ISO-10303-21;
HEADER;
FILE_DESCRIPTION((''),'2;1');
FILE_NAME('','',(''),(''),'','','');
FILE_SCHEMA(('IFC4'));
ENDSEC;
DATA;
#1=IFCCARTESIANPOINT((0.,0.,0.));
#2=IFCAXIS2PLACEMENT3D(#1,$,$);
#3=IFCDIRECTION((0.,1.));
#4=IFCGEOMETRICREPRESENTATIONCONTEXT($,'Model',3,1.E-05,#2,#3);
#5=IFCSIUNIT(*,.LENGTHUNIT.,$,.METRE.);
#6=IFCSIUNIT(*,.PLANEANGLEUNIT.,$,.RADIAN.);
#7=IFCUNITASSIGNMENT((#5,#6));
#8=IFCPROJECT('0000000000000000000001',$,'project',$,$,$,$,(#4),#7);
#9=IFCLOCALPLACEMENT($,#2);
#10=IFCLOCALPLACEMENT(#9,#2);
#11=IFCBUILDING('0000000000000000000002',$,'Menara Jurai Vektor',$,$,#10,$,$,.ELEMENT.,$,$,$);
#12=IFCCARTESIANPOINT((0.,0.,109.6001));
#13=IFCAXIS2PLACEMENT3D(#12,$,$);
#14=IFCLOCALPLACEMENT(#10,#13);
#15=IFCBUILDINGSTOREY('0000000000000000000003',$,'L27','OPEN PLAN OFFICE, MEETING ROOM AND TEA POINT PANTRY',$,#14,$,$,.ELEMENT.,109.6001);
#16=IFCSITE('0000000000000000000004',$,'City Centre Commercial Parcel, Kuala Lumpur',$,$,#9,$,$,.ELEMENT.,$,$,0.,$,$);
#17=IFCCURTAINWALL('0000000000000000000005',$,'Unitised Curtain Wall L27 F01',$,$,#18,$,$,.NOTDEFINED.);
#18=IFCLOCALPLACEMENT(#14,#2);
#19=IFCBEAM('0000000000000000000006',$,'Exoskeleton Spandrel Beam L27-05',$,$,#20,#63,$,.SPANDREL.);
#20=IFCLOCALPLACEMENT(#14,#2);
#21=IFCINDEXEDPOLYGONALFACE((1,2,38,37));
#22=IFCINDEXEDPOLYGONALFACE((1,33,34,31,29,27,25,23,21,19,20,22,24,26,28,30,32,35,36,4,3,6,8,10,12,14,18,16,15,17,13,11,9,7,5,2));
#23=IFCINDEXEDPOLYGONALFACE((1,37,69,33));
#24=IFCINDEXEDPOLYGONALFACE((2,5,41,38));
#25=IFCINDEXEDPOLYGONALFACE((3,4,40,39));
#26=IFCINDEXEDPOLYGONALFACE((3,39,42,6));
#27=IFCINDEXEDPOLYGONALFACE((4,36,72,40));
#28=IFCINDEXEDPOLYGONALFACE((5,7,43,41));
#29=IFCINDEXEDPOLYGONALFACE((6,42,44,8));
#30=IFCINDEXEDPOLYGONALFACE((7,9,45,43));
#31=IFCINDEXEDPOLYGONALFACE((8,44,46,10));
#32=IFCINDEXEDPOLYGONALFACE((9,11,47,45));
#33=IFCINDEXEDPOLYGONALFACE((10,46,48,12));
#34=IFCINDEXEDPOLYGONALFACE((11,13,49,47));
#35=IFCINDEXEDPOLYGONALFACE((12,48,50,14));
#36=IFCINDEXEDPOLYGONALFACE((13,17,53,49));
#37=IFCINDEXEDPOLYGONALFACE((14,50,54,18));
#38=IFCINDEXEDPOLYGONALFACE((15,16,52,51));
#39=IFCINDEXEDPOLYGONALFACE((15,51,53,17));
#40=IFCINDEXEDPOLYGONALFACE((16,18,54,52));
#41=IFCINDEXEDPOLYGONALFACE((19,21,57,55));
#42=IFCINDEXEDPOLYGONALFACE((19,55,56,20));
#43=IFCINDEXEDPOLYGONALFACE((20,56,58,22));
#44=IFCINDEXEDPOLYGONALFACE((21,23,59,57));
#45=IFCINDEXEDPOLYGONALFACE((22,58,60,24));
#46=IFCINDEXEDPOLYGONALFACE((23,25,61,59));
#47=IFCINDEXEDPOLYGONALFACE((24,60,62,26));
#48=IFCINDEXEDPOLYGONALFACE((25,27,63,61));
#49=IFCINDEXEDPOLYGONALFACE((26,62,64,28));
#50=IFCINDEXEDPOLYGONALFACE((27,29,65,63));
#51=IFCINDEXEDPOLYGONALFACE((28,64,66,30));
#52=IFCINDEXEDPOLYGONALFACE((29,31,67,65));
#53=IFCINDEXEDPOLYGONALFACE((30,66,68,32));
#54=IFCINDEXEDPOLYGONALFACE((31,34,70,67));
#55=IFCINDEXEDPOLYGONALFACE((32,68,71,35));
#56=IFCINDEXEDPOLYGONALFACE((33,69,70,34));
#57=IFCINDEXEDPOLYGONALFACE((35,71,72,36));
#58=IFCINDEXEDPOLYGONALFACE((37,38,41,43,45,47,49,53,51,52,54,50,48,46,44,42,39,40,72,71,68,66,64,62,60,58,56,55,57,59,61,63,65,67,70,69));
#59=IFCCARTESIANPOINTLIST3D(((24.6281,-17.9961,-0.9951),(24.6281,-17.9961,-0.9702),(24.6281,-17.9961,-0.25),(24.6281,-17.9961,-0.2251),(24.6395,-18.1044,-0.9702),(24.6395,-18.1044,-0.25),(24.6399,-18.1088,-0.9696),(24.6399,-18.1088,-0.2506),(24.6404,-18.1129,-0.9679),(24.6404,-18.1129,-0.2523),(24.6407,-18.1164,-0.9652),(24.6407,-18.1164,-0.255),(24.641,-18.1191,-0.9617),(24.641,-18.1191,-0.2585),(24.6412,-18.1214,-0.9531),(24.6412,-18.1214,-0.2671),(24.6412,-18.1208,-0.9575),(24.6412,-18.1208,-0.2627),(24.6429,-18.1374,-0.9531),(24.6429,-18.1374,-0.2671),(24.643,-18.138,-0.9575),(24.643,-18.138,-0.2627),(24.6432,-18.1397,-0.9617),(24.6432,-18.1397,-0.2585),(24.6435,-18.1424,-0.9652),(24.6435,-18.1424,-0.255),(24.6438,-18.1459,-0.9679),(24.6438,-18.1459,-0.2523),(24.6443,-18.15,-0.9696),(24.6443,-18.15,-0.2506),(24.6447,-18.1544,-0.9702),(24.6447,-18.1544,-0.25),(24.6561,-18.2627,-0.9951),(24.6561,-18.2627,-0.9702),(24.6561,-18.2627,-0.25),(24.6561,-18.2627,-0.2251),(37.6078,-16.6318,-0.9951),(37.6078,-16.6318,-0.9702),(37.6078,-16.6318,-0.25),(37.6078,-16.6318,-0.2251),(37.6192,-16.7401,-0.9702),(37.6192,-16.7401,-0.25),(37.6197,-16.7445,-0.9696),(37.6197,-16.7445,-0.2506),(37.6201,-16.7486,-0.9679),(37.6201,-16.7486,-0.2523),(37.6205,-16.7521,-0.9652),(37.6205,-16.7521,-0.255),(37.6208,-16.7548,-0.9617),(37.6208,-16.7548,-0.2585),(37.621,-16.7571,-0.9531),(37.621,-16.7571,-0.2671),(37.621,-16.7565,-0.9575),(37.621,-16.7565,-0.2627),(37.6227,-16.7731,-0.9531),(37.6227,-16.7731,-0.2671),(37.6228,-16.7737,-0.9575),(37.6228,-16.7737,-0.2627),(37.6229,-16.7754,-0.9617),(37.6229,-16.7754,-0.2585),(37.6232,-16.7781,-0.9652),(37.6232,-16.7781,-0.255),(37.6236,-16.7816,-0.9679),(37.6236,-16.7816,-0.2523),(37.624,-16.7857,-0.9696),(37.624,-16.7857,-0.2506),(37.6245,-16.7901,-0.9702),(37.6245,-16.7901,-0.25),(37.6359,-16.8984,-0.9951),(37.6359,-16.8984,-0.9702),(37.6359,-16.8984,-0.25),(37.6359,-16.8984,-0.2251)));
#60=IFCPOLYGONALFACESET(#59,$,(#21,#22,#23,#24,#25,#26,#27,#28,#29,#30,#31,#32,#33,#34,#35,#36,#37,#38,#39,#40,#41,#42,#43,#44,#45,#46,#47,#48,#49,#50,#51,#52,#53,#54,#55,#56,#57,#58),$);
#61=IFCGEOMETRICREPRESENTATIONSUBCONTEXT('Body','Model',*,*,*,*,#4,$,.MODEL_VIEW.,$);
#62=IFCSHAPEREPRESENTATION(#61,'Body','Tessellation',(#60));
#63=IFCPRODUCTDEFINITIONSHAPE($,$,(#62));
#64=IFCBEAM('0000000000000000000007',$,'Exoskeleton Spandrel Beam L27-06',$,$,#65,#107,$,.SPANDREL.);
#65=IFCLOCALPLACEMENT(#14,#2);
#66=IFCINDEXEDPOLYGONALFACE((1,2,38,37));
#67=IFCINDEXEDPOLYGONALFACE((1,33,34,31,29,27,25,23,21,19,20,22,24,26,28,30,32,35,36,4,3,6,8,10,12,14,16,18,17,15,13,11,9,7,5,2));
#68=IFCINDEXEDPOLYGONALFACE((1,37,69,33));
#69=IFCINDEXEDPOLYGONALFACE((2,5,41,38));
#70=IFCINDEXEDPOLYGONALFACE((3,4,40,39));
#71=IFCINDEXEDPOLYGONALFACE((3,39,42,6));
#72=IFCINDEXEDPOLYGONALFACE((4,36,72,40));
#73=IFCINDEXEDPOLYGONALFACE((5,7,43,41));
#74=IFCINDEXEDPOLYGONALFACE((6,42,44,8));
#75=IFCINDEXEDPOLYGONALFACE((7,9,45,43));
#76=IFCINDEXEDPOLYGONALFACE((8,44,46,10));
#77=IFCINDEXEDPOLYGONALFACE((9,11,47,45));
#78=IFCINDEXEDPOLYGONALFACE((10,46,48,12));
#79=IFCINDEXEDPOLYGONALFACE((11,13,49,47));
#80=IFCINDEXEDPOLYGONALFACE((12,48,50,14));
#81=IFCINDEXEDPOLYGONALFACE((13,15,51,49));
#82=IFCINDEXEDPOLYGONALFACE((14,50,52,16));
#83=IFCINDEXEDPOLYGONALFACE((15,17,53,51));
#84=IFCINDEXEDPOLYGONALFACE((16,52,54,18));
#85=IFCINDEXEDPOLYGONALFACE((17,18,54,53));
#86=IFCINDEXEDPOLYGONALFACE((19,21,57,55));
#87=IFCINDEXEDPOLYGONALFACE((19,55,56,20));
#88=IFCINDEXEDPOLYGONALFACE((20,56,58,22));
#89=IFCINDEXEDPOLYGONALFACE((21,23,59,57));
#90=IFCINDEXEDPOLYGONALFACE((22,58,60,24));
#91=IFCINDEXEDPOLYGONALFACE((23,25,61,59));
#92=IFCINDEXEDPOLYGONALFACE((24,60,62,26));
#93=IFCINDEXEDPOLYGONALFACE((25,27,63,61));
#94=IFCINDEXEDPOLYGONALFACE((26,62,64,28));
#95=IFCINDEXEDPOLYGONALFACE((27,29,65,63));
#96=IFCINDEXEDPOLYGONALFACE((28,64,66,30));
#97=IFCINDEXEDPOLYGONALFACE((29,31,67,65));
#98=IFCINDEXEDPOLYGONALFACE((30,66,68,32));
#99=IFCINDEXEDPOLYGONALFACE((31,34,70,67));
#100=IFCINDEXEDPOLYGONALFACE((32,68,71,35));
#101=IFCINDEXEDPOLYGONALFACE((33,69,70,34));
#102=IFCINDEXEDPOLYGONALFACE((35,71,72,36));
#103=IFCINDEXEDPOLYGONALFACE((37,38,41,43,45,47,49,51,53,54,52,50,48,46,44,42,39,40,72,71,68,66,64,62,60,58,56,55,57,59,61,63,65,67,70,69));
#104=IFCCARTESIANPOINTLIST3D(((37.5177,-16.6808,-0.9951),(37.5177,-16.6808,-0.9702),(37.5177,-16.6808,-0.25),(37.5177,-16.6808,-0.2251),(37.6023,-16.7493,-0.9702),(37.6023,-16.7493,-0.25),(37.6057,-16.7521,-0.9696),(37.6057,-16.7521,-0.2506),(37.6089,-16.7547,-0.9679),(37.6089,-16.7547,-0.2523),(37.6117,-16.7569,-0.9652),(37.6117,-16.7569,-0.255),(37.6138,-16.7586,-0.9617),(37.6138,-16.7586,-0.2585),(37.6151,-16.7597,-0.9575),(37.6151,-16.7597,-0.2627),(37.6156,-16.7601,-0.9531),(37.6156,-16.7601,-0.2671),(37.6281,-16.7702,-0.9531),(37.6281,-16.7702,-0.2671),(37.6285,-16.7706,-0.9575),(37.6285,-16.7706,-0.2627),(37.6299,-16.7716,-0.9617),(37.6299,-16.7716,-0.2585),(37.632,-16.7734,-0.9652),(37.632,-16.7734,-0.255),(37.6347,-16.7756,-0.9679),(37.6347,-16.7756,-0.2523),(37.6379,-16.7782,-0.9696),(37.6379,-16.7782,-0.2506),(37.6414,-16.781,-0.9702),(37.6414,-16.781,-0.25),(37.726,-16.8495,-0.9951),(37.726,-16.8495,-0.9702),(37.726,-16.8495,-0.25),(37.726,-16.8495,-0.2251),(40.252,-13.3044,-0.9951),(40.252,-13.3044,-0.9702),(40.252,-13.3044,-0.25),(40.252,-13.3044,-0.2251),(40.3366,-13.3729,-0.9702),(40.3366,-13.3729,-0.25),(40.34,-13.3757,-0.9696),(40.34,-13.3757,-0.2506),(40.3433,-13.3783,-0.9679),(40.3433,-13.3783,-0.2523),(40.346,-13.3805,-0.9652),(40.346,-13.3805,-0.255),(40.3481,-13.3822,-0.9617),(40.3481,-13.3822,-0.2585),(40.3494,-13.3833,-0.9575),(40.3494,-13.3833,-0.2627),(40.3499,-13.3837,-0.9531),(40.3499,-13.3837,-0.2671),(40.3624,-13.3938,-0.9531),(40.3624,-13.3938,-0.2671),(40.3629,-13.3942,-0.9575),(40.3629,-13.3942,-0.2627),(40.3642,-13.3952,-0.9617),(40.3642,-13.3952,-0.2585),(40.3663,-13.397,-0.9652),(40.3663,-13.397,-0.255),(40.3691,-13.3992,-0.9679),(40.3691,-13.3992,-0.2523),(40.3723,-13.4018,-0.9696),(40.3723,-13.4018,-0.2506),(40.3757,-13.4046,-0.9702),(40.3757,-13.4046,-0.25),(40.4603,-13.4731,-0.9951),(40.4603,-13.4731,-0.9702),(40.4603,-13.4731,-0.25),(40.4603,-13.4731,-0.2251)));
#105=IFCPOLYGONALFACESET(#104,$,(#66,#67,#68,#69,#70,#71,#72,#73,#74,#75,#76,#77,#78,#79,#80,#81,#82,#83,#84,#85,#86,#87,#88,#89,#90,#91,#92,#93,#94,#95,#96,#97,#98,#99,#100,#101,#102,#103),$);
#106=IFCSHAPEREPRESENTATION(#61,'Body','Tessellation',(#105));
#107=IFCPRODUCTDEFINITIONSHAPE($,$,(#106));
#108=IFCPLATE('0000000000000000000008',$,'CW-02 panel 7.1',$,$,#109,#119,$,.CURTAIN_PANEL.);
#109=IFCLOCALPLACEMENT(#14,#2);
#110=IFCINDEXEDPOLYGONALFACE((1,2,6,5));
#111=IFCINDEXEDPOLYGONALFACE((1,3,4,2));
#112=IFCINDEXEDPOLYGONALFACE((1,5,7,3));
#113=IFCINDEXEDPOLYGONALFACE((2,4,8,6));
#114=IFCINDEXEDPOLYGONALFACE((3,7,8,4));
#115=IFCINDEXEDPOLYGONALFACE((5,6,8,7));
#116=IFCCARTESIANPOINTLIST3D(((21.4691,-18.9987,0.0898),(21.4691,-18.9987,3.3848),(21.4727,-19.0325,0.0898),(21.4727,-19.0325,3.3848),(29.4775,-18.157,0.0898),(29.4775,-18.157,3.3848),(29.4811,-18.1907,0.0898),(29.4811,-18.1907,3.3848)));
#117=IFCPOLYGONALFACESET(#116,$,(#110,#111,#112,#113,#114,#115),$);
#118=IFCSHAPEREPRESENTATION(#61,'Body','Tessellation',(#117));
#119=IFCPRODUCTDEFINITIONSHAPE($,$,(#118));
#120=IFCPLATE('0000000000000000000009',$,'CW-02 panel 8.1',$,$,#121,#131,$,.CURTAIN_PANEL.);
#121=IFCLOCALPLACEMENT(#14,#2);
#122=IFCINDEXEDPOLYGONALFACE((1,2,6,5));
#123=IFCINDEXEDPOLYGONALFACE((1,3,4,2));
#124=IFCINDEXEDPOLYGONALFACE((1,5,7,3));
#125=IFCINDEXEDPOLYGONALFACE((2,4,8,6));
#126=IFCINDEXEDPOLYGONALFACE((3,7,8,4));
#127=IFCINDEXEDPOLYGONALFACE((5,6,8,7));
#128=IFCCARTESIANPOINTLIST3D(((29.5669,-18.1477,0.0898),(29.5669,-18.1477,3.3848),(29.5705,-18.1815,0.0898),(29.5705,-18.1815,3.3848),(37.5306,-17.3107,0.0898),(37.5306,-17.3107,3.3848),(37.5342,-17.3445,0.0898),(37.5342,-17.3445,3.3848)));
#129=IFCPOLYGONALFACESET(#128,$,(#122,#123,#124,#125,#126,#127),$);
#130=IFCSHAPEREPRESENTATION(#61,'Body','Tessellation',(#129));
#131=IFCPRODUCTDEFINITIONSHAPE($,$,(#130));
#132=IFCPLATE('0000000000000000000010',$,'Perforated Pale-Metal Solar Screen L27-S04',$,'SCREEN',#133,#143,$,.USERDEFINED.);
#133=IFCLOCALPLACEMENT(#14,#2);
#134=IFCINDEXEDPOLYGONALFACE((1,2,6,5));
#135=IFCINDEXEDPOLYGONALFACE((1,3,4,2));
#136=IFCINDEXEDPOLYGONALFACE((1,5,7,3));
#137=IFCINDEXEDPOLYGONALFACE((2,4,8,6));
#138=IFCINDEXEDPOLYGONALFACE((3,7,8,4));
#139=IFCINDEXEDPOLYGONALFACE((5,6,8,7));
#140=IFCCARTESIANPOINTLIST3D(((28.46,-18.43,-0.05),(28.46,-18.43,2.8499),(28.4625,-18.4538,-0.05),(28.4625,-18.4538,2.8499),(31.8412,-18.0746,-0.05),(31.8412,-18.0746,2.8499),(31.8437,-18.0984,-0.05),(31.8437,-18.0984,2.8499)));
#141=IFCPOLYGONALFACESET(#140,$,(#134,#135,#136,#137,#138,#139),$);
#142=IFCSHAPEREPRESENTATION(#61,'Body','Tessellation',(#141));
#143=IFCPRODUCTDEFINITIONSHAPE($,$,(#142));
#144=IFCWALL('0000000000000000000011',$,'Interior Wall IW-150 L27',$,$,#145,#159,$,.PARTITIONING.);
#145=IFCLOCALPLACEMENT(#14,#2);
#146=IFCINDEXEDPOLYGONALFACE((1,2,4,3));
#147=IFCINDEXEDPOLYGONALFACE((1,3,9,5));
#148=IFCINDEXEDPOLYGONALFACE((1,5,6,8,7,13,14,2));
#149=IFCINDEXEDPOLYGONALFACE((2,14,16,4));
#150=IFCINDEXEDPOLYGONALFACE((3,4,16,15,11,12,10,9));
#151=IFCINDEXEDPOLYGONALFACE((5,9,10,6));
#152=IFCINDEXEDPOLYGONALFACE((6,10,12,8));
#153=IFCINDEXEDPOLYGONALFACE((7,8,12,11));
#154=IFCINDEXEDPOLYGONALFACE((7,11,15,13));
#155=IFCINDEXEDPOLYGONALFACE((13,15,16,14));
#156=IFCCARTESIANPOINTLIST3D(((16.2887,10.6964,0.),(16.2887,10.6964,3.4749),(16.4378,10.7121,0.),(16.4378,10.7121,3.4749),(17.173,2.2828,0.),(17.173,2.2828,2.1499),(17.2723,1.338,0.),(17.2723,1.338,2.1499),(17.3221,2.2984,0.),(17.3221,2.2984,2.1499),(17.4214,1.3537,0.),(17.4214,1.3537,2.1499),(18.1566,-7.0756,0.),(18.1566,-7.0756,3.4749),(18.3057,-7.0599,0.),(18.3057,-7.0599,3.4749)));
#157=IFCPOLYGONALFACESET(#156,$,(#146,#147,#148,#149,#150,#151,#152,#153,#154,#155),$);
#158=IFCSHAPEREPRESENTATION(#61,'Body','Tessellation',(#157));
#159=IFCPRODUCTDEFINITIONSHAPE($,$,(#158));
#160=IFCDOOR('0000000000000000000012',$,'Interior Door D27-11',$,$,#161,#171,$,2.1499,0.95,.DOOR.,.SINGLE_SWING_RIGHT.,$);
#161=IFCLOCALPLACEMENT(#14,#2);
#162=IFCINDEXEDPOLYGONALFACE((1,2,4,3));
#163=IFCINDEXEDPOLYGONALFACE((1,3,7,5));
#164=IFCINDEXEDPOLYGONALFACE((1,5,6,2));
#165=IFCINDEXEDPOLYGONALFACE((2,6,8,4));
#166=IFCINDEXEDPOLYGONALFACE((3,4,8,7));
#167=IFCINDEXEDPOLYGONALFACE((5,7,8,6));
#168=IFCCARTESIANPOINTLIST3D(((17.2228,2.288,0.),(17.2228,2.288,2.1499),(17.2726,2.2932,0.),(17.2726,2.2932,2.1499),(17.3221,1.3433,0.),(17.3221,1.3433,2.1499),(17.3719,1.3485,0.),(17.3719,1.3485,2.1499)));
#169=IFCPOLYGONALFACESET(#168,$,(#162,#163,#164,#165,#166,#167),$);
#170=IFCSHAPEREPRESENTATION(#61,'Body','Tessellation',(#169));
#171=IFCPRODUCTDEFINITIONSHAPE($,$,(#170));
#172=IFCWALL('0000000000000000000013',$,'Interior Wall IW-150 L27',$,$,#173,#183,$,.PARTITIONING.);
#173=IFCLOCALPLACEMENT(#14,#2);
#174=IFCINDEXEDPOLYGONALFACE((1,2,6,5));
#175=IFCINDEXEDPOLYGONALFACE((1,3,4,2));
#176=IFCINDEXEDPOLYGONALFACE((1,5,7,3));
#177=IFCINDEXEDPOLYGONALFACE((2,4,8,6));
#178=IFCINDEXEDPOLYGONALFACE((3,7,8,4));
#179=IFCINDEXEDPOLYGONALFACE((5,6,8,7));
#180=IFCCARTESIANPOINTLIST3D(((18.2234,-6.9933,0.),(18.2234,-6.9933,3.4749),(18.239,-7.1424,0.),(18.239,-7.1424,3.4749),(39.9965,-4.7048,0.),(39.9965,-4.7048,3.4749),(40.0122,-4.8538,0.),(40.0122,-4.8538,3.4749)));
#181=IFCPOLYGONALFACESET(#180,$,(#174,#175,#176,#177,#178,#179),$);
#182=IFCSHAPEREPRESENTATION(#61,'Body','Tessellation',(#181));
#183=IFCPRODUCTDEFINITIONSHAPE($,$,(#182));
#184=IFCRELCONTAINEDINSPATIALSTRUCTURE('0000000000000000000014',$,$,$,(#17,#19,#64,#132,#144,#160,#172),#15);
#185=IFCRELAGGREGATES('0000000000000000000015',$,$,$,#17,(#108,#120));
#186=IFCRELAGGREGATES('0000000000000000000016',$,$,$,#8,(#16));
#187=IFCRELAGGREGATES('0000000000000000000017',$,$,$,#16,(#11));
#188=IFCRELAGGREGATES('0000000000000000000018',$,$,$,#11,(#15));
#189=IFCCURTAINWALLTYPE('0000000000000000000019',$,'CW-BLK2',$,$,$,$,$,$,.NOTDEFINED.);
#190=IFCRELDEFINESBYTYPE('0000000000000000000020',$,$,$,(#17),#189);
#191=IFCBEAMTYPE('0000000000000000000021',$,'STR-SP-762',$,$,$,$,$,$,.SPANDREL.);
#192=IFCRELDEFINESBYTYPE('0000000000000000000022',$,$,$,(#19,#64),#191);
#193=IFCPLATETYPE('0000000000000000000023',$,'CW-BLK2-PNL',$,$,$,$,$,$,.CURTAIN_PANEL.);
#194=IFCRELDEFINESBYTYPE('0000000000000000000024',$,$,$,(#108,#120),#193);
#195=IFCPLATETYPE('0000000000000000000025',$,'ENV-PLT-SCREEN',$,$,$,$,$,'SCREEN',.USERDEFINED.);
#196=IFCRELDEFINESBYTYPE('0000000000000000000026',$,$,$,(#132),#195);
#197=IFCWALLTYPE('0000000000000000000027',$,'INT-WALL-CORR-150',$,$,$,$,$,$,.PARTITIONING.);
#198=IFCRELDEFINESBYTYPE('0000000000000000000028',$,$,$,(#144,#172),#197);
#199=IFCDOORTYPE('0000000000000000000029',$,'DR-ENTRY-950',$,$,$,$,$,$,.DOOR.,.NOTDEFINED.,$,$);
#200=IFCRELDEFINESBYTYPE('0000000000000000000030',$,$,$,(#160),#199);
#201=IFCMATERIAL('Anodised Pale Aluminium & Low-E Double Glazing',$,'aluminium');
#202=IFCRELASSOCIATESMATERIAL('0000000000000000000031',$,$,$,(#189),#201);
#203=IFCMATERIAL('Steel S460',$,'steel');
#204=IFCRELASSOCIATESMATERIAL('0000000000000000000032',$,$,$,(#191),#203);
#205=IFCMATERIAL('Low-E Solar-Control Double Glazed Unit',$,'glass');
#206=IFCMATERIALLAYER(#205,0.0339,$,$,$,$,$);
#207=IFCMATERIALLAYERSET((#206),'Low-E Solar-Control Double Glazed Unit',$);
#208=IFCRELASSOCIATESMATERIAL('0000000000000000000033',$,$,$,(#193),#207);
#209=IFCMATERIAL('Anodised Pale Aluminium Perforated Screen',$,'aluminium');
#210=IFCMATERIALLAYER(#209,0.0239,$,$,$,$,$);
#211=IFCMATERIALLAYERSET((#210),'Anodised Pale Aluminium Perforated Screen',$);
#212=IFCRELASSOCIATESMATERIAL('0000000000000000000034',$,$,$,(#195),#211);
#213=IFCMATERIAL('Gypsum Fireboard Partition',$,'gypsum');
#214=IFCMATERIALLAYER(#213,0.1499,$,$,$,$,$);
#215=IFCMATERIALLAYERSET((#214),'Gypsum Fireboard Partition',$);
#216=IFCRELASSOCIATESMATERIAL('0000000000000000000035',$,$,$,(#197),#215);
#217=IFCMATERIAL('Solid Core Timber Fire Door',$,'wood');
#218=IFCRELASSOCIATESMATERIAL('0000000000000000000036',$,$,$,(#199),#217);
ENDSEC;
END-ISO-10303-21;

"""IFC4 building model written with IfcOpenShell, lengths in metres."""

from ifc_helpers import new_model, si_unit, direction, frame, frame_2d, origin, origin_2d, place, context, subcontext, project, spatial, rectangle, i_section, extrude, material, layer, layer_set, material_profile, profile_set, type_object, element, fill, aggregate, save


model = new_model("IFC4")

# Units and contexts
model_context = context("Model", 3, precision=1e-05, world=origin(), true_north=direction((0.0, 1.0)))
body_context = subcontext(model_context, "Body", "Model", "MODEL_VIEW")
ifc_project = project(units=[si_unit("LENGTHUNIT", "METRE"), si_unit("PLANEANGLEUNIT", "RADIAN")], contexts=[model_context])

# Site, building, storey
site_placement = place(None, origin())
site = spatial("IfcSite", under=ifc_project, at=site_placement, Name="City Centre Commercial Parcel, Kuala Lumpur", CompositionType="ELEMENT", RefElevation=0.0)
building_placement = place(site_placement, origin())
building = spatial("IfcBuilding", under=site, at=building_placement, Name="Menara Jurai Vektor", CompositionType="ELEMENT")
storey_placement = place(building_placement, frame((0.0, 0.0, 109.6001)))
storey = spatial("IfcBuildingStorey", under=building, at=storey_placement, Name="L27", Description="OPEN PLAN OFFICE, MEETING ROOM AND TEA POINT PANTRY", CompositionType="ELEMENT", Elevation=109.6001)

# Shared definitions
ifc_material_1 = material(Name="Steel S460", Category="steel")

# Curtain wall
ifc_material_2 = material(Name="Anodised Pale Aluminium & Low-E Double Glazing", Category="aluminium")
curtain_wall_type = type_object("IfcCurtainWallType", Name="CW-BLK2", PredefinedType="NOTDEFINED", material=ifc_material_2)
curtain_wall_1_placement = place(storey_placement, origin())
curtain_wall_1 = element("IfcCurtainWall", 1, at=curtain_wall_1_placement, inside=storey, type_object=curtain_wall_type, Name="Unitised Curtain Wall L27 F01", PredefinedType="NOTDEFINED")

# Beams
ifc_material_profile_1 = material_profile(ifc_material_1, i_section(OverallWidth=0.2681, OverallDepth=0.77, WebThickness=0.0161, FlangeThickness=0.0249, FilletRadius=0.0171, at=origin_2d()), Name="UKB 762x267x197")
ifc_profile_set_1 = profile_set([ifc_material_profile_1], Name="Steel S460")
beam_type_1 = type_object("IfcBeamType", Name="STR-SP-762", PredefinedType="SPANDREL", material=ifc_profile_set_1)
beam_1_placement = place(storey_placement, frame((24.6421, -18.1294, -0.6101), z_axis=(0.994522, 0.104531, 0.0), x_axis=(-0.104531, 0.994522, 0.0)))
element("IfcBeam", 2, at=beam_1_placement, inside=storey, type_object=beam_type_1, Name="Exoskeleton Spandrel Beam L27-05", PredefinedType="SPANDREL", context=body_context, shape_type="SweptSolid", body=[
    extrude(i_section(OverallWidth=0.2681, OverallDepth=0.77, WebThickness=0.0161, FlangeThickness=0.0249, FilletRadius=0.0171, at=origin_2d()), origin(), (0.0, 0.0, 1.0), 13.0513),
])
beam_2_placement = place(storey_placement, frame((37.6218, -16.7651, -0.6101), z_axis=(0.629344, 0.777127, 0.0), x_axis=(-0.777127, 0.629344, 0.0)))
element("IfcBeam", 3, at=beam_2_placement, inside=storey, type_object=beam_type_1, Name="Exoskeleton Spandrel Beam L27-06", PredefinedType="SPANDREL", context=body_context, shape_type="SweptSolid", body=[
    extrude(i_section(OverallWidth=0.2681, OverallDepth=0.77, WebThickness=0.0161, FlangeThickness=0.0249, FilletRadius=0.0171, at=origin_2d()), origin(), (0.0, 0.0, 1.0), 4.3447),
])

# Plates
ifc_material_3 = material(Name="Low-E Solar-Control Double Glazed Unit", Category="glass")
ifc_layer_1 = layer(ifc_material_3, 0.0339)
ifc_layer_set_1 = layer_set([ifc_layer_1], Name="Low-E Solar-Control Double Glazed Unit")
plate_type_1 = type_object("IfcPlateType", Name="CW-BLK2-PNL", PredefinedType="CURTAIN_PANEL", material=ifc_layer_set_1)
plate_1_placement = place(storey_placement, frame((25.4751, -18.5947, 0.0898), z_axis=(0.0, 0.0, 1.0), x_axis=(0.994522, 0.104529, 0.0)))
plate_1 = element("IfcPlate", 4, at=plate_1_placement, type_object=plate_type_1, Name="CW-02 panel 7.1", PredefinedType="CURTAIN_PANEL", context=body_context, shape_type="SweptSolid", body=[
    extrude(rectangle(XDim=8.0525, YDim=0.0339, at=origin_2d()), origin(), (0.0, 0.0, 1.0), 3.2949),
])
plate_2_placement = place(storey_placement, frame((33.5505, -17.7461, 0.0898), z_axis=(0.0, 0.0, 1.0), x_axis=(0.994522, 0.104529, 0.0)))
plate_2 = element("IfcPlate", 5, at=plate_2_placement, type_object=plate_type_1, Name="CW-02 panel 8.1", PredefinedType="CURTAIN_PANEL", context=body_context, shape_type="SweptSolid", body=[
    extrude(rectangle(XDim=8.0076, YDim=0.0339, at=origin_2d()), origin(), (0.0, 0.0, 1.0), 3.2949),
])
aggregate(curtain_wall_1, [plate_1, plate_2])
ifc_material_4 = material(Name="Anodised Pale Aluminium Perforated Screen", Category="aluminium")
ifc_layer_2 = layer(ifc_material_4, 0.0239)
ifc_layer_set_2 = layer_set([ifc_layer_2], Name="Anodised Pale Aluminium Perforated Screen")
plate_type_2 = type_object("IfcPlateType", Name="ENV-PLT-SCREEN", ElementType="SCREEN", PredefinedType="USERDEFINED", material=ifc_layer_set_2)
plate_3_placement = place(storey_placement, frame((30.1519, -18.2642, -0.05), z_axis=(0.0, 0.0, 1.0), x_axis=(0.994522, 0.104528, 0.0)))
element("IfcPlate", 6, at=plate_3_placement, inside=storey, type_object=plate_type_2, Name="Perforated Pale-Metal Solar Screen L27-S04", ObjectType="SCREEN", PredefinedType="USERDEFINED", context=body_context, shape_type="SweptSolid", body=[
    extrude(rectangle(XDim=3.3999, YDim=0.0239, at=origin_2d()), origin(), (0.0, 0.0, 1.0), 2.8999),
])

# Wall, opening, door
ifc_material_5 = material(Name="Gypsum Fireboard Partition", Category="gypsum")
ifc_layer_3 = layer(ifc_material_5, 0.1499)
ifc_layer_set_3 = layer_set([ifc_layer_3], Name="Gypsum Fireboard Partition")
wall_type = type_object("IfcWallType", Name="INT-WALL-CORR-150", PredefinedType="PARTITIONING", material=ifc_layer_set_3)
wall_1_placement = place(storey_placement, frame((18.2312, -7.0679, 0.0), z_axis=(0.0, 0.0, 1.0), x_axis=(-0.104529, 0.994522, 0.0)))
wall_1 = element("IfcWall", 7, at=wall_1_placement, inside=storey, type_object=wall_type, Name="Interior Wall IW-150 L27", PredefinedType="PARTITIONING", context=body_context, shape_type="SweptSolid", body=[
    extrude(rectangle(XDim=17.8699, YDim=0.1499, at=frame_2d((8.9351, 0.0))), origin(), (0.0, 0.0, 1.0), 3.4749),
])
opening_placement = place(wall_1_placement, frame((8.46, 0.0, 0.0)))
opening = element("IfcOpeningElement", 8, at=opening_placement, cuts=wall_1, PredefinedType="OPENING", context=body_context, shape_type="SweptSolid", body=[
    extrude(rectangle(XDim=0.95, YDim=2.1499, at=frame_2d((0.4751, 1.075))), frame((0.0, 0.085, 0.0), z_axis=(0.0, -1.0, 0.0), x_axis=(1.0, 0.0, 0.0)), (0.0, 0.0, 1.0), 0.1699),
])
ifc_material_6 = material(Name="Solid Core Timber Fire Door", Category="wood")
door_type = type_object("IfcDoorType", Name="DR-ENTRY-950", OperationType="NOTDEFINED", PredefinedType="DOOR", material=ifc_material_6)
door_placement = place(opening_placement, origin())
door = element("IfcDoor", 9, at=door_placement, inside=storey, type_object=door_type, Name="Interior Door D27-11", OperationType="SINGLE_SWING_RIGHT", OverallHeight=2.1499, OverallWidth=0.95, PredefinedType="DOOR", context=body_context, shape_type="SweptSolid", body=[
    extrude(rectangle(XDim=0.95, YDim=2.1499, at=frame_2d((0.4751, 1.075))), frame((0.0, 0.0249, 0.0), z_axis=(0.0, -1.0, 0.0), x_axis=(1.0, 0.0, 0.0)), (0.0, 0.0, 1.0), 0.05),
])
fill(opening, door)

# Wall
wall_2_placement = place(storey_placement, frame((18.2312, -7.0679, 0.0), z_axis=(0.0, 0.0, 1.0), x_axis=(0.994521, 0.104534, 0.0)))
element("IfcWall", 10, at=wall_2_placement, inside=storey, type_object=wall_type, Name="Interior Wall IW-150 L27", PredefinedType="PARTITIONING", context=body_context, shape_type="SweptSolid", body=[
    extrude(rectangle(XDim=21.8931, YDim=0.1499, at=frame_2d((10.9465, 0.0))), origin(), (0.0, 0.0, 1.0), 3.4749),
])

save(model, "model.ifc")
